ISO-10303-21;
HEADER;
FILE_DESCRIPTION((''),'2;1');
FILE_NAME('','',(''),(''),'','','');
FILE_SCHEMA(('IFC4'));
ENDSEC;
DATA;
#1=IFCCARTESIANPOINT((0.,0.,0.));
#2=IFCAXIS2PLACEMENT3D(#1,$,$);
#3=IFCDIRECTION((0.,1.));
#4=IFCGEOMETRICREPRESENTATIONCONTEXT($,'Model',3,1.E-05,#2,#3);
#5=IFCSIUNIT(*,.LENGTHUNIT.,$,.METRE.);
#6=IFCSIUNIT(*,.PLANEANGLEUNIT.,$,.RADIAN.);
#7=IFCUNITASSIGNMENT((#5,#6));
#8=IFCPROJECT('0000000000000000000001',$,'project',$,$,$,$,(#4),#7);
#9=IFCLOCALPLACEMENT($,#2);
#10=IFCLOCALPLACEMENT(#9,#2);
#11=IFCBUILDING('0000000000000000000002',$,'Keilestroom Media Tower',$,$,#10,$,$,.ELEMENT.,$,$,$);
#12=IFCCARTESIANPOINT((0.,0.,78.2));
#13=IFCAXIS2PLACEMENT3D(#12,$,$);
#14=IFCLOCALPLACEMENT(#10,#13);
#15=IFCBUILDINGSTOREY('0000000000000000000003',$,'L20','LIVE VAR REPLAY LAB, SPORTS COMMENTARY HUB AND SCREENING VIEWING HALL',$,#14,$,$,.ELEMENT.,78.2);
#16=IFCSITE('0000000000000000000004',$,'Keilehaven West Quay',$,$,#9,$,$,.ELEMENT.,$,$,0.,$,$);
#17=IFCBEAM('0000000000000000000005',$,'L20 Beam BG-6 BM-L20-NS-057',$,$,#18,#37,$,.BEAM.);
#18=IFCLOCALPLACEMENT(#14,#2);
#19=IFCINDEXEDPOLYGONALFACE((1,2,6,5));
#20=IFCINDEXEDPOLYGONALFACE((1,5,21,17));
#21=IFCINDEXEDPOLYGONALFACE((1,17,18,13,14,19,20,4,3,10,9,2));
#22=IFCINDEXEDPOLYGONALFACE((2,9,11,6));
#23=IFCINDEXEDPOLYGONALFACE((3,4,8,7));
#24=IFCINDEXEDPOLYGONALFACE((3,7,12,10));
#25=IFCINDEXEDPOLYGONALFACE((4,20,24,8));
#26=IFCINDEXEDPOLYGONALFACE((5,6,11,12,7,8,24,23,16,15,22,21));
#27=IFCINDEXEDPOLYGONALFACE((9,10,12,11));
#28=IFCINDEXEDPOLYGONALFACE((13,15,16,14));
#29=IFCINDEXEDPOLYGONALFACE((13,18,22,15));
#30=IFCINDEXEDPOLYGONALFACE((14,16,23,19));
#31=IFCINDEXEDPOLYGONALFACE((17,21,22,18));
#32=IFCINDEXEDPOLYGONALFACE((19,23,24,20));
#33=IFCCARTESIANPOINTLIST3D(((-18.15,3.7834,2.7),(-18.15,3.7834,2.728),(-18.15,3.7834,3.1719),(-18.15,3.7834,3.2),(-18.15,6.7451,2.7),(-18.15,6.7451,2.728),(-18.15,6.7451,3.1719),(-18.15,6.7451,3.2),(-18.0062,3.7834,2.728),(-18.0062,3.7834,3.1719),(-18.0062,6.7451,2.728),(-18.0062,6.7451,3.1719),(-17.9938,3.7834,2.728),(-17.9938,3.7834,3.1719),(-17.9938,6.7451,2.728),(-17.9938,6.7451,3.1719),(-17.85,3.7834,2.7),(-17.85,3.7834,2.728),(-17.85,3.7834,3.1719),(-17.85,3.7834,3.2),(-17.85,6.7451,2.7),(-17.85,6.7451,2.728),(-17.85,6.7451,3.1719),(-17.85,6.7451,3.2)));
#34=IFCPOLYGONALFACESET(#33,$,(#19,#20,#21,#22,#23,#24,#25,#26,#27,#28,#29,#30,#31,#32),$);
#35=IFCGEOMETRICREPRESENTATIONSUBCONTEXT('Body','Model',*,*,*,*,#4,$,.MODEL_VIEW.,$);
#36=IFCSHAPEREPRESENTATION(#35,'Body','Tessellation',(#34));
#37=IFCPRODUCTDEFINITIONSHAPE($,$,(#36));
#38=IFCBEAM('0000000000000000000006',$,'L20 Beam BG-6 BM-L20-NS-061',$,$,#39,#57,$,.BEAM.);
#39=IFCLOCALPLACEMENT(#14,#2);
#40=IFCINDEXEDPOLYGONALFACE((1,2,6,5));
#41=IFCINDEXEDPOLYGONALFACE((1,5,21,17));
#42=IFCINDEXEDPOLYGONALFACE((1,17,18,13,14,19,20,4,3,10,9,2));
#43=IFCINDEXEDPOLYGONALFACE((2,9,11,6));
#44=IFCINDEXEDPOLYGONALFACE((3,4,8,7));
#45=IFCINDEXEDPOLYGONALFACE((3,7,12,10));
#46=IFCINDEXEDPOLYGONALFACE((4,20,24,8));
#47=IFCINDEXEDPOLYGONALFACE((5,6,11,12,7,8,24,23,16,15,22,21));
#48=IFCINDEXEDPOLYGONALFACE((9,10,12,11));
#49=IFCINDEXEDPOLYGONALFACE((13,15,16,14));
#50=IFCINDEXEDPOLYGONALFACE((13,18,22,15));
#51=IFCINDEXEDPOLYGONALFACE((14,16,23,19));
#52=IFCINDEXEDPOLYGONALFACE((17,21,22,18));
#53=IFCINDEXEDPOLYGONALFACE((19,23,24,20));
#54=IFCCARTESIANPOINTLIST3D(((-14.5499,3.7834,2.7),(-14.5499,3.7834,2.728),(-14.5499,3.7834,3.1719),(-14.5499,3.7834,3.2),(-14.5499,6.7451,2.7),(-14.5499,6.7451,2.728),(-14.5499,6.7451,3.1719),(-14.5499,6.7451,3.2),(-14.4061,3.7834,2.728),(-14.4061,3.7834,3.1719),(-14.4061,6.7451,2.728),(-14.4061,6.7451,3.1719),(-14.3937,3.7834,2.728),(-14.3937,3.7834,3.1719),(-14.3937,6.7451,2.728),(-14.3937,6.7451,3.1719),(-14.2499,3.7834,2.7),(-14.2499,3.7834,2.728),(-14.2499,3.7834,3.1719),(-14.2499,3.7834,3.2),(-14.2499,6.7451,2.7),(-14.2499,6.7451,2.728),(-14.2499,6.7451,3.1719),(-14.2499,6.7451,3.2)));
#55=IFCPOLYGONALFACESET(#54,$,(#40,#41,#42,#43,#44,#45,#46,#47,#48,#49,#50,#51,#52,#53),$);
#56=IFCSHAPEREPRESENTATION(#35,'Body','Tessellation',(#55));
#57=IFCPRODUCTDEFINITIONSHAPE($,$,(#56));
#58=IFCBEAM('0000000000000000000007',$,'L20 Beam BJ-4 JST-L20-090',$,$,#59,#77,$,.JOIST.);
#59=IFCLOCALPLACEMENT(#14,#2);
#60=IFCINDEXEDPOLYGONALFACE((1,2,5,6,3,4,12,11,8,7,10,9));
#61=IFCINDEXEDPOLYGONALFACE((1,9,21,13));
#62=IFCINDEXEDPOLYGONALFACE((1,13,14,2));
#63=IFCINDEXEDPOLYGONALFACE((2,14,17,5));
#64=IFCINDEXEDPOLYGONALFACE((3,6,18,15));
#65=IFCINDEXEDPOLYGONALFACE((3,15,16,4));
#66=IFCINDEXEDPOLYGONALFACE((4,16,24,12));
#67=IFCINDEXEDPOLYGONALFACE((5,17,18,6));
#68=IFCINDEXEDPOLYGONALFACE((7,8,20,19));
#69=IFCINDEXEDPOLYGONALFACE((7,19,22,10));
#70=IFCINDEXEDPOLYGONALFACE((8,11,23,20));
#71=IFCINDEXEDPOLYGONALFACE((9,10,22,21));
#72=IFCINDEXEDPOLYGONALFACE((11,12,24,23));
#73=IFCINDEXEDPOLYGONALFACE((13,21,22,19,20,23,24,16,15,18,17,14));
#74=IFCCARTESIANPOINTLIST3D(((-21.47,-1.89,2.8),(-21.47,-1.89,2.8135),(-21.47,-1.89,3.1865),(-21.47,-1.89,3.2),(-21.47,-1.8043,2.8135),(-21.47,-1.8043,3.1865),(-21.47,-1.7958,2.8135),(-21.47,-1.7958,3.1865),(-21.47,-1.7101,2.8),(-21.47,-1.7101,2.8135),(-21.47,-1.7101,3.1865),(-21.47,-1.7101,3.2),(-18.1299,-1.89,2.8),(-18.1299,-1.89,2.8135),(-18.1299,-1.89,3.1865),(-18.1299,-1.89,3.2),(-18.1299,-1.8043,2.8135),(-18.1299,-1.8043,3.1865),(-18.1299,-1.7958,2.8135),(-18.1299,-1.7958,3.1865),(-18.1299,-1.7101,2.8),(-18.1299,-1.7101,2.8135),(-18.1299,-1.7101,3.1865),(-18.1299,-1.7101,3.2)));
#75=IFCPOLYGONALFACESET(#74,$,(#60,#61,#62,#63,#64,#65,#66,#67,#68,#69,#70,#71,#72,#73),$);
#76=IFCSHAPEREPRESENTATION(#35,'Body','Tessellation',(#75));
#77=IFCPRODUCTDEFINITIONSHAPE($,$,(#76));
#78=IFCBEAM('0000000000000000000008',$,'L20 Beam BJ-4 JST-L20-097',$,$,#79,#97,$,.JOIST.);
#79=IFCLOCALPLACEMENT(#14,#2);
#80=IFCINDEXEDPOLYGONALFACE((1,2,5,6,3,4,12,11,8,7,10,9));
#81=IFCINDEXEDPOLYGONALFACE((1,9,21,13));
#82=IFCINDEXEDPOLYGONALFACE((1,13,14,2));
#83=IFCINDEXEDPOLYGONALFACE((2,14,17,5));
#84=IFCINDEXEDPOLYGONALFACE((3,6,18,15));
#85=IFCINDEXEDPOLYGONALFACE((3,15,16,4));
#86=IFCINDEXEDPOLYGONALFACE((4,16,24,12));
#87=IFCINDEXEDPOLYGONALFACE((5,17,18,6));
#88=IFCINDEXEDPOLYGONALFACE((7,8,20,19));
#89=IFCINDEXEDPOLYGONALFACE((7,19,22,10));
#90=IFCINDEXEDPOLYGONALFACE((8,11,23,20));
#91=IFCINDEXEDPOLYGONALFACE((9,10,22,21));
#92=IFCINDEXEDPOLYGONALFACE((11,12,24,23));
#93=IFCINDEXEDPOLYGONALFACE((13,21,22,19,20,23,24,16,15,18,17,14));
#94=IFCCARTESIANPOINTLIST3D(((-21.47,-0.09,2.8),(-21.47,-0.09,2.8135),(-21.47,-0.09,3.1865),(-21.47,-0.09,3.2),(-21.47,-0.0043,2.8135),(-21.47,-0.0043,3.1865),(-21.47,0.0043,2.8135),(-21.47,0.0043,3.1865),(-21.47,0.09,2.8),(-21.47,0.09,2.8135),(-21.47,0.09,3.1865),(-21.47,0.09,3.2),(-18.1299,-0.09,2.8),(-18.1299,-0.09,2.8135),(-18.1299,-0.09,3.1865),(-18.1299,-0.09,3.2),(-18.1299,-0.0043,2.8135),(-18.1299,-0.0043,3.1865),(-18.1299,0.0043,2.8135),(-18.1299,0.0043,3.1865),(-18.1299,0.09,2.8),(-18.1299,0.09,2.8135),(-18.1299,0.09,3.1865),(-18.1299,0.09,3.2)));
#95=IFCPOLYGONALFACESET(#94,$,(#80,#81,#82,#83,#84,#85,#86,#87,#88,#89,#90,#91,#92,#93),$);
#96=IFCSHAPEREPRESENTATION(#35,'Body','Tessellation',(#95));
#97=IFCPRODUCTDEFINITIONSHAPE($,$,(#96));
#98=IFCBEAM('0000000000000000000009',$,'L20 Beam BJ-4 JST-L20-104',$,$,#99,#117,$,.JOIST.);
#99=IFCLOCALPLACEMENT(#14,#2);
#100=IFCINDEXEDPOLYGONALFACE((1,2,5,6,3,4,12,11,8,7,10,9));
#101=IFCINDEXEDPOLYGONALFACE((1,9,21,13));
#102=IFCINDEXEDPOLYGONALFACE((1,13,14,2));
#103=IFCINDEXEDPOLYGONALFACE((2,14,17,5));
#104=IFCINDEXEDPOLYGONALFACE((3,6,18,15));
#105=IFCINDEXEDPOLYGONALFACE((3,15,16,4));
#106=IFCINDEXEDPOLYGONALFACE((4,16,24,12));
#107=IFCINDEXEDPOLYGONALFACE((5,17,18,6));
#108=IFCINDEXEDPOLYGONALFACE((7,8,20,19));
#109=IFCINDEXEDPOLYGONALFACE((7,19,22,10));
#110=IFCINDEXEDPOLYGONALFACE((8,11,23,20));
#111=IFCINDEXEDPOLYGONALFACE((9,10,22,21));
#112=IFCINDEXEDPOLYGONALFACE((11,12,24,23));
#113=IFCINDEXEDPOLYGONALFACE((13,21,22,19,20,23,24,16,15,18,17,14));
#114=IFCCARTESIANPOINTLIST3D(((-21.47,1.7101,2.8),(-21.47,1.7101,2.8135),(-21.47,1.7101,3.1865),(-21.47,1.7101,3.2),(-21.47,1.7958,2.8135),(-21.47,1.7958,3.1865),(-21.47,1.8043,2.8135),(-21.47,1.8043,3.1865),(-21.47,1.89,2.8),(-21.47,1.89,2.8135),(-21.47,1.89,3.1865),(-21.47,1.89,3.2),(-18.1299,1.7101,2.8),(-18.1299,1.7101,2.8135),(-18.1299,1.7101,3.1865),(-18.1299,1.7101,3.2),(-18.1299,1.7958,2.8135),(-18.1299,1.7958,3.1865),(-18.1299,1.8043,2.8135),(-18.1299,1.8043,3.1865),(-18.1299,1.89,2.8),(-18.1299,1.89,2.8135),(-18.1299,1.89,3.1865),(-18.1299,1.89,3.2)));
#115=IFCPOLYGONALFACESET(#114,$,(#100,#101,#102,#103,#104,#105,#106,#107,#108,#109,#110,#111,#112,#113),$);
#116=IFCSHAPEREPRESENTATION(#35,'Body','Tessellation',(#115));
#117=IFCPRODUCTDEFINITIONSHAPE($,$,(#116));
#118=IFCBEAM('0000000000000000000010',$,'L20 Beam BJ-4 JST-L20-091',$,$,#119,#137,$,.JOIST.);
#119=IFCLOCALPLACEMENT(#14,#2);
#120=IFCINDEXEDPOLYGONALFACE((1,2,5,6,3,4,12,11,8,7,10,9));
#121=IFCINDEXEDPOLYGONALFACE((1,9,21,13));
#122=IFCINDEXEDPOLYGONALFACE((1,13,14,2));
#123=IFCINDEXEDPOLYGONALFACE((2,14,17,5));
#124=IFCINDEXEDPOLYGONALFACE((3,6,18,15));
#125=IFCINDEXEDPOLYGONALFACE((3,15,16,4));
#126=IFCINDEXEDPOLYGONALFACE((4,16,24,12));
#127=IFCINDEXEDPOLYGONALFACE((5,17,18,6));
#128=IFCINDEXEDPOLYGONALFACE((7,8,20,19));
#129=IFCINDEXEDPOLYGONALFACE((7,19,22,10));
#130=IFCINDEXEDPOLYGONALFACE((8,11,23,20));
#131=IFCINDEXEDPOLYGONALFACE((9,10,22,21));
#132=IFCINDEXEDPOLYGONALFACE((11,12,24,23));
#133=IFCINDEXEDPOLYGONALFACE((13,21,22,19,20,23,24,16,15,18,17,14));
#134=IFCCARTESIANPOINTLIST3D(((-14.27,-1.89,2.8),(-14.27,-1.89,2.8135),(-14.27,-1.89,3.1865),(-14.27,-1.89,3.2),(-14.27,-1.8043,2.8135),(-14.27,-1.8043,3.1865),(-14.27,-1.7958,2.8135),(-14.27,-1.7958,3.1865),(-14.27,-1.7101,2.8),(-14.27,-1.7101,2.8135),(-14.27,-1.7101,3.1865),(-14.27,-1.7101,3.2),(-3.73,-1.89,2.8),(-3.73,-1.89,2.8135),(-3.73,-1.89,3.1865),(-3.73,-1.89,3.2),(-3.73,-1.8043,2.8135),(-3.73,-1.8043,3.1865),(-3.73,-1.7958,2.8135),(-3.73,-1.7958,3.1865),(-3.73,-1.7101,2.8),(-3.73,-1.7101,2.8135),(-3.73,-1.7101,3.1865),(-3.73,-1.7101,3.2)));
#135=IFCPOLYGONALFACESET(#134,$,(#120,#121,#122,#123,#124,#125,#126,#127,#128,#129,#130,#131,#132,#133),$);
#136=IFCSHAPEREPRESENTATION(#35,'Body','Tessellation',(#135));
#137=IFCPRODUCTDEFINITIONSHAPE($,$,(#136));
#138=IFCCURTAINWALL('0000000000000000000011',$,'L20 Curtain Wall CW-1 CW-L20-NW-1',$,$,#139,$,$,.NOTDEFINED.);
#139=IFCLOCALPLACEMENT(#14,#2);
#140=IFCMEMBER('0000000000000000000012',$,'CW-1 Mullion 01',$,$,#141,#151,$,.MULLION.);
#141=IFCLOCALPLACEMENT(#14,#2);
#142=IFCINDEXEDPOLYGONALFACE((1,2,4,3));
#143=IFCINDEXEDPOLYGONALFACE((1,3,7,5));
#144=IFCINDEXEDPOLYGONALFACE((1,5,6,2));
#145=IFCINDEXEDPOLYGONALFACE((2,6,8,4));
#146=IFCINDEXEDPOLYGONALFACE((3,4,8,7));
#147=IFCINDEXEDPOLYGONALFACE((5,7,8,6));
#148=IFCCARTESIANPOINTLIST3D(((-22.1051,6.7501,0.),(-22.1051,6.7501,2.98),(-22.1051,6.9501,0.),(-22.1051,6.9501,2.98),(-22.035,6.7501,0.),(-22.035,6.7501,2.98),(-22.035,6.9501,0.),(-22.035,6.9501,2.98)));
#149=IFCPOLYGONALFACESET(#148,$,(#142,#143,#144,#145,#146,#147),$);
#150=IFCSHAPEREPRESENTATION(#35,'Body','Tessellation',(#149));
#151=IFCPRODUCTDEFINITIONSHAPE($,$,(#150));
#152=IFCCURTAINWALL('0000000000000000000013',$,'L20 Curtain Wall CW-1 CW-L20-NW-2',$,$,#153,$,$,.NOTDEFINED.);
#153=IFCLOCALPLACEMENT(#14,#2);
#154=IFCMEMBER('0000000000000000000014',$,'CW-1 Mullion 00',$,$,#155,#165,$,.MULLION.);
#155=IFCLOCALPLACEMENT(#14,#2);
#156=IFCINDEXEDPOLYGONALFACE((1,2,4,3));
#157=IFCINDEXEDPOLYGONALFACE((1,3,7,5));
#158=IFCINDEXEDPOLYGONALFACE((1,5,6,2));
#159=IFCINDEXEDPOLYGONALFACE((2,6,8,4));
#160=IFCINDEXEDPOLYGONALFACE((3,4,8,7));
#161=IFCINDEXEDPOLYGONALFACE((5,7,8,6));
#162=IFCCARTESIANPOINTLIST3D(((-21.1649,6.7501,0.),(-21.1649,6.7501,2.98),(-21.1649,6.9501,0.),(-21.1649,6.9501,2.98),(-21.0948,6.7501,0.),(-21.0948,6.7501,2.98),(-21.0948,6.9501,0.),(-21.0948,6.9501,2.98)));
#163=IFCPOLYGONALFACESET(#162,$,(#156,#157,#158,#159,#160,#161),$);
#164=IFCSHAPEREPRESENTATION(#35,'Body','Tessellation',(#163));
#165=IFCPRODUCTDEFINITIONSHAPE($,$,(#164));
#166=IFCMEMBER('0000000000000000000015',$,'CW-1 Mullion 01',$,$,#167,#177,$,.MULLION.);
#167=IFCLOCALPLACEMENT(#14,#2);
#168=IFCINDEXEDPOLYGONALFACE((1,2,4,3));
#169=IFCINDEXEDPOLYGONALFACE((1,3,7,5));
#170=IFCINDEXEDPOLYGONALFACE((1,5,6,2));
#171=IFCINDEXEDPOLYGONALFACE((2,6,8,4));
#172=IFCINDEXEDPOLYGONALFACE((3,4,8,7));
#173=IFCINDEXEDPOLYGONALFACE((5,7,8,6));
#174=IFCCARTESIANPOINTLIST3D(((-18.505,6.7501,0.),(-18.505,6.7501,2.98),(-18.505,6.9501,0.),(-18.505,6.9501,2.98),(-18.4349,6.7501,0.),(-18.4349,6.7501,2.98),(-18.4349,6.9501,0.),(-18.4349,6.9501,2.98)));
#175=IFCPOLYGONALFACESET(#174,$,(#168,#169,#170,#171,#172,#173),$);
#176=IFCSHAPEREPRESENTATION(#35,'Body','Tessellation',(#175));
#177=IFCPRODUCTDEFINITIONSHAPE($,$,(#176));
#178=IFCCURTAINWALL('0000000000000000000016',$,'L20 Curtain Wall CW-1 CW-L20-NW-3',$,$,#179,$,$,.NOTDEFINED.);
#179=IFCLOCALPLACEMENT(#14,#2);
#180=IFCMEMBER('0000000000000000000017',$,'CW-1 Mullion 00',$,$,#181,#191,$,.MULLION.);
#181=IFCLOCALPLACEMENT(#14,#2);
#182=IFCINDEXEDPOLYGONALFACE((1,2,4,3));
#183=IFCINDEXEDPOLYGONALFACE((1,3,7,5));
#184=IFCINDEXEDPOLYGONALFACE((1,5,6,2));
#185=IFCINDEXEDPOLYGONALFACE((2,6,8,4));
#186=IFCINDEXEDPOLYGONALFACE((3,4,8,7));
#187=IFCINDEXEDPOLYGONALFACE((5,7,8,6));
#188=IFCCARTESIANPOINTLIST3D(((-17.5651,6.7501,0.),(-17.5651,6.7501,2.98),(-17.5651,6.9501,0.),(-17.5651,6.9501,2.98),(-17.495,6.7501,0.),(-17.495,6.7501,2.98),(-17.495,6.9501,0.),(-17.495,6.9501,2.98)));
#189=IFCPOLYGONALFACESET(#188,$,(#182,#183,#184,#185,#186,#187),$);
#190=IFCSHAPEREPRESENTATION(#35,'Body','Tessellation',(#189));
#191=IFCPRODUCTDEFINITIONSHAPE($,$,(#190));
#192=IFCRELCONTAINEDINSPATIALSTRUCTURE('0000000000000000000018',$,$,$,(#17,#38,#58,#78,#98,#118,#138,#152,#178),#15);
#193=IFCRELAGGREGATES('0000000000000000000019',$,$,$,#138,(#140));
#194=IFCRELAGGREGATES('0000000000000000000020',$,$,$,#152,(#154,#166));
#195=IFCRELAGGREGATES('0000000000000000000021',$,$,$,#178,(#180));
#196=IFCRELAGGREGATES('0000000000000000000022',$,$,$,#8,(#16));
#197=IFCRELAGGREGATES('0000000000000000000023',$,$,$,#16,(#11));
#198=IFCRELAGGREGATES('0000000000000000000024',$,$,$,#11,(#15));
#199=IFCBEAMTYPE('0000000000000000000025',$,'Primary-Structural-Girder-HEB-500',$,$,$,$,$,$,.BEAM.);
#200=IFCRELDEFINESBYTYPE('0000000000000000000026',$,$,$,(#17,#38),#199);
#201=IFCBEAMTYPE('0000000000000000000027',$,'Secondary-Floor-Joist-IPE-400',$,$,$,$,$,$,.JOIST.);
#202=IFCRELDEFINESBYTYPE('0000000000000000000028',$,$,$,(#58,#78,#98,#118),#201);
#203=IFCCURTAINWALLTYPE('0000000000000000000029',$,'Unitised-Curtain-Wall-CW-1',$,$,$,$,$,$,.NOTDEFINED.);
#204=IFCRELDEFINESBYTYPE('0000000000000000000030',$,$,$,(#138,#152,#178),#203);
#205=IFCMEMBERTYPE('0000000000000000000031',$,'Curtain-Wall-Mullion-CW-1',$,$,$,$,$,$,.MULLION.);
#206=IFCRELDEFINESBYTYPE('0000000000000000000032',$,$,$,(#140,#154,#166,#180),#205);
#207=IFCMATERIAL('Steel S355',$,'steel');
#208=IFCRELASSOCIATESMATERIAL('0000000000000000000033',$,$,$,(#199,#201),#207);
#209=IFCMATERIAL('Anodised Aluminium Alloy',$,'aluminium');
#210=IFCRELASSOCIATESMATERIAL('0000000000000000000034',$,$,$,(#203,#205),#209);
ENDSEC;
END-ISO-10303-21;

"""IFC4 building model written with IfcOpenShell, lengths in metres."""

from ifc_helpers import new_model, si_unit, direction, frame, origin, origin_2d, place, context, subcontext, project, spatial, rectangle, i_section, extrude, source, transform, mapped, material, material_profile, profile_set, type_object, element, aggregate, save


model = new_model("IFC4")

# Units and contexts
model_context = context("Model", 3, precision=1e-05, world=origin(), true_north=direction((0.0, 1.0)))
body_context = subcontext(model_context, "Body", "Model", "MODEL_VIEW")
ifc_project = project(units=[si_unit("LENGTHUNIT", "METRE"), si_unit("PLANEANGLEUNIT", "RADIAN")], contexts=[model_context])

# Site, building, storey
site_placement = place(None, origin())
site = spatial("IfcSite", under=ifc_project, at=site_placement, Name="Keilehaven West Quay", CompositionType="ELEMENT", RefElevation=0.0)
building_placement = place(site_placement, origin())
building = spatial("IfcBuilding", under=site, at=building_placement, Name="Keilestroom Media Tower", CompositionType="ELEMENT")
storey_placement = place(building_placement, frame((0.0, 0.0, 78.2)))
storey = spatial("IfcBuildingStorey", under=building, at=storey_placement, Name="L20", Description="LIVE VAR REPLAY LAB, SPORTS COMMENTARY HUB AND SCREENING VIEWING HALL", CompositionType="ELEMENT", Elevation=78.2)

# Beams
ifc_material_1 = material(Name="Steel S355", Category="steel")
ifc_material_profile_1 = material_profile(ifc_material_1, i_section(OverallWidth=0.3, OverallDepth=0.5, WebThickness=0.0125, FlangeThickness=0.0281, at=origin_2d()), Name="HEB 500")
ifc_profile_set_1 = profile_set([ifc_material_profile_1], Name="Steel S355")
beam_type_1 = type_object("IfcBeamType", Name="Primary-Structural-Girder-HEB-500", PredefinedType="BEAM", material=ifc_profile_set_1)
shared_shape_1 = source(origin(), body_context, "Body", "SweptSolid", [
    extrude(i_section(OverallWidth=0.3, OverallDepth=0.5, WebThickness=0.0125, FlangeThickness=0.0281, at=origin_2d()), origin(), (0.0, 0.0, 1.0), 2.9617),
])
for number, where, z_axis, x_axis, name in (
    (1, (-18.0, 3.7834, 2.95), (0.0, 1.0, 0.0), (-1.0, 0.0, 0.0), "L20 Beam BG-6 BM-L20-NS-057"),
    (2, (-14.3999, 3.7834, 2.95), (0.0, 1.0, 0.0), (-1.0, 0.0, 0.0), "L20 Beam BG-6 BM-L20-NS-061"),
):
    element("IfcBeam", number, at=place(storey_placement, frame(where, z_axis=z_axis, x_axis=x_axis)), inside=storey, type_object=beam_type_1, Name=name, PredefinedType="BEAM", context=body_context, shape_type="MappedRepresentation", body=[
        mapped(shared_shape_1, transform((0.0, 0.0, 0.0), x_axis=(1.0, 0.0, 0.0), y_axis=(0.0, 1.0, 0.0), z_axis=(0.0, 0.0, 1.0), scale=1.0)),
    ])
ifc_material_profile_2 = material_profile(ifc_material_1, i_section(OverallWidth=0.1799, OverallDepth=0.3999, WebThickness=0.0085, FlangeThickness=0.0134, at=origin_2d()), Name="IPE 400")
ifc_profile_set_2 = profile_set([ifc_material_profile_2], Name="Steel S355")
beam_type_2 = type_object("IfcBeamType", Name="Secondary-Floor-Joist-IPE-400", PredefinedType="JOIST", material=ifc_profile_set_2)
shared_shape_2 = source(origin(), body_context, "Body", "SweptSolid", [
    extrude(i_section(OverallWidth=0.1799, OverallDepth=0.3999, WebThickness=0.0085, FlangeThickness=0.0134, at=origin_2d()), origin(), (0.0, 0.0, 1.0), 3.3401),
])
for number, where, z_axis, x_axis, name in (
    (3, (-21.47, -1.8, 3.0), (1.0, 0.0, 0.0), (0.0, 1.0, 0.0), "L20 Beam BJ-4 JST-L20-090"),
    (4, (-21.47, 0.0, 3.0), (1.0, 0.0, 0.0), (0.0, 1.0, 0.0), "L20 Beam BJ-4 JST-L20-097"),
    (5, (-21.47, 1.8, 3.0), (1.0, 0.0, 0.0), (0.0, 1.0, 0.0), "L20 Beam BJ-4 JST-L20-104"),
):
    element("IfcBeam", number, at=place(storey_placement, frame(where, z_axis=z_axis, x_axis=x_axis)), inside=storey, type_object=beam_type_2, Name=name, PredefinedType="JOIST", context=body_context, shape_type="MappedRepresentation", body=[
        mapped(shared_shape_2, transform((0.0, 0.0, 0.0), x_axis=(1.0, 0.0, 0.0), y_axis=(0.0, 1.0, 0.0), z_axis=(0.0, 0.0, 1.0), scale=1.0)),
    ])
shared_shape_3 = source(origin(), body_context, "Body", "SweptSolid", [
    extrude(i_section(OverallWidth=0.1799, OverallDepth=0.3999, WebThickness=0.0085, FlangeThickness=0.0134, at=origin_2d()), origin(), (0.0, 0.0, 1.0), 10.54),
])
beam_1_placement = place(storey_placement, frame((-14.27, -1.8, 3.0), z_axis=(1.0, 0.0, 0.0), x_axis=(0.0, 1.0, 0.0)))
element("IfcBeam", 6, at=beam_1_placement, inside=storey, type_object=beam_type_2, Name="L20 Beam BJ-4 JST-L20-091", PredefinedType="JOIST", context=body_context, shape_type="MappedRepresentation", body=[
    mapped(shared_shape_3, transform((0.0, 0.0, 0.0), x_axis=(1.0, 0.0, 0.0), y_axis=(0.0, 1.0, 0.0), z_axis=(0.0, 0.0, 1.0), scale=1.0)),
])

# Curtain wall, member
ifc_material_2 = material(Name="Anodised Aluminium Alloy", Category="aluminium")
curtain_wall_type = type_object("IfcCurtainWallType", Name="Unitised-Curtain-Wall-CW-1", PredefinedType="NOTDEFINED", material=ifc_material_2)
curtain_wall_1_placement = place(storey_placement, origin())
curtain_wall_1 = element("IfcCurtainWall", 7, at=curtain_wall_1_placement, inside=storey, type_object=curtain_wall_type, Name="L20 Curtain Wall CW-1 CW-L20-NW-1", PredefinedType="NOTDEFINED")
ifc_material_profile_3 = material_profile(ifc_material_2, rectangle(XDim=0.0701, YDim=0.2, at=origin_2d()), Name="ALU MULLION 70x200")
ifc_profile_set_3 = profile_set([ifc_material_profile_3], Name="Anodised Aluminium Alloy")
member_type_1 = type_object("IfcMemberType", Name="Curtain-Wall-Mullion-CW-1", PredefinedType="MULLION", material=ifc_profile_set_3)
shared_shape_4 = source(origin(), body_context, "Body", "SweptSolid", [
    extrude(rectangle(XDim=0.0701, YDim=0.2, at=origin_2d()), origin(), (0.0, 0.0, 1.0), 2.98),
])
member_1_placement = place(storey_placement, frame((-22.0701, 6.8501, 0.0), z_axis=(0.0, 0.0, 1.0), x_axis=(1.0, 0.0, 0.0)))
member_1 = element("IfcMember", 8, at=member_1_placement, type_object=member_type_1, Name="CW-1 Mullion 01", PredefinedType="MULLION", context=body_context, shape_type="MappedRepresentation", body=[
    mapped(shared_shape_4, transform((0.0, 0.0, 0.0), x_axis=(1.0, 0.0, 0.0), y_axis=(0.0, 1.0, 0.0), z_axis=(0.0, 0.0, 1.0), scale=1.0)),
])

# Curtain walls, members
curtain_wall_2_placement = place(storey_placement, origin())
curtain_wall_2 = element("IfcCurtainWall", 9, at=curtain_wall_2_placement, inside=storey, type_object=curtain_wall_type, Name="L20 Curtain Wall CW-1 CW-L20-NW-2", PredefinedType="NOTDEFINED")
member_2_placement = place(storey_placement, frame((-21.1299, 6.8501, 0.0), z_axis=(0.0, 0.0, 1.0), x_axis=(1.0, 0.0, 0.0)))
member_2 = element("IfcMember", 10, at=member_2_placement, type_object=member_type_1, Name="CW-1 Mullion 00", PredefinedType="MULLION", context=body_context, shape_type="MappedRepresentation", body=[
    mapped(shared_shape_4, transform((0.0, 0.0, 0.0), x_axis=(1.0, 0.0, 0.0), y_axis=(0.0, 1.0, 0.0), z_axis=(0.0, 0.0, 1.0), scale=1.0)),
])
member_3_placement = place(storey_placement, frame((-18.47, 6.8501, 0.0), z_axis=(0.0, 0.0, 1.0), x_axis=(1.0, 0.0, 0.0)))
member_3 = element("IfcMember", 11, at=member_3_placement, type_object=member_type_1, Name="CW-1 Mullion 01", PredefinedType="MULLION", context=body_context, shape_type="MappedRepresentation", body=[
    mapped(shared_shape_4, transform((0.0, 0.0, 0.0), x_axis=(1.0, 0.0, 0.0), y_axis=(0.0, 1.0, 0.0), z_axis=(0.0, 0.0, 1.0), scale=1.0)),
])
curtain_wall_3_placement = place(storey_placement, origin())
curtain_wall_3 = element("IfcCurtainWall", 12, at=curtain_wall_3_placement, inside=storey, type_object=curtain_wall_type, Name="L20 Curtain Wall CW-1 CW-L20-NW-3", PredefinedType="NOTDEFINED")
member_4_placement = place(storey_placement, frame((-17.53, 6.8501, 0.0), z_axis=(0.0, 0.0, 1.0), x_axis=(1.0, 0.0, 0.0)))
member_4 = element("IfcMember", 13, at=member_4_placement, type_object=member_type_1, Name="CW-1 Mullion 00", PredefinedType="MULLION", context=body_context, shape_type="MappedRepresentation", body=[
    mapped(shared_shape_4, transform((0.0, 0.0, 0.0), x_axis=(1.0, 0.0, 0.0), y_axis=(0.0, 1.0, 0.0), z_axis=(0.0, 0.0, 1.0), scale=1.0)),
])

aggregate(curtain_wall_1, [member_1])
aggregate(curtain_wall_2, [member_2, member_3])
aggregate(curtain_wall_3, [member_4])

save(model, "model.ifc")
